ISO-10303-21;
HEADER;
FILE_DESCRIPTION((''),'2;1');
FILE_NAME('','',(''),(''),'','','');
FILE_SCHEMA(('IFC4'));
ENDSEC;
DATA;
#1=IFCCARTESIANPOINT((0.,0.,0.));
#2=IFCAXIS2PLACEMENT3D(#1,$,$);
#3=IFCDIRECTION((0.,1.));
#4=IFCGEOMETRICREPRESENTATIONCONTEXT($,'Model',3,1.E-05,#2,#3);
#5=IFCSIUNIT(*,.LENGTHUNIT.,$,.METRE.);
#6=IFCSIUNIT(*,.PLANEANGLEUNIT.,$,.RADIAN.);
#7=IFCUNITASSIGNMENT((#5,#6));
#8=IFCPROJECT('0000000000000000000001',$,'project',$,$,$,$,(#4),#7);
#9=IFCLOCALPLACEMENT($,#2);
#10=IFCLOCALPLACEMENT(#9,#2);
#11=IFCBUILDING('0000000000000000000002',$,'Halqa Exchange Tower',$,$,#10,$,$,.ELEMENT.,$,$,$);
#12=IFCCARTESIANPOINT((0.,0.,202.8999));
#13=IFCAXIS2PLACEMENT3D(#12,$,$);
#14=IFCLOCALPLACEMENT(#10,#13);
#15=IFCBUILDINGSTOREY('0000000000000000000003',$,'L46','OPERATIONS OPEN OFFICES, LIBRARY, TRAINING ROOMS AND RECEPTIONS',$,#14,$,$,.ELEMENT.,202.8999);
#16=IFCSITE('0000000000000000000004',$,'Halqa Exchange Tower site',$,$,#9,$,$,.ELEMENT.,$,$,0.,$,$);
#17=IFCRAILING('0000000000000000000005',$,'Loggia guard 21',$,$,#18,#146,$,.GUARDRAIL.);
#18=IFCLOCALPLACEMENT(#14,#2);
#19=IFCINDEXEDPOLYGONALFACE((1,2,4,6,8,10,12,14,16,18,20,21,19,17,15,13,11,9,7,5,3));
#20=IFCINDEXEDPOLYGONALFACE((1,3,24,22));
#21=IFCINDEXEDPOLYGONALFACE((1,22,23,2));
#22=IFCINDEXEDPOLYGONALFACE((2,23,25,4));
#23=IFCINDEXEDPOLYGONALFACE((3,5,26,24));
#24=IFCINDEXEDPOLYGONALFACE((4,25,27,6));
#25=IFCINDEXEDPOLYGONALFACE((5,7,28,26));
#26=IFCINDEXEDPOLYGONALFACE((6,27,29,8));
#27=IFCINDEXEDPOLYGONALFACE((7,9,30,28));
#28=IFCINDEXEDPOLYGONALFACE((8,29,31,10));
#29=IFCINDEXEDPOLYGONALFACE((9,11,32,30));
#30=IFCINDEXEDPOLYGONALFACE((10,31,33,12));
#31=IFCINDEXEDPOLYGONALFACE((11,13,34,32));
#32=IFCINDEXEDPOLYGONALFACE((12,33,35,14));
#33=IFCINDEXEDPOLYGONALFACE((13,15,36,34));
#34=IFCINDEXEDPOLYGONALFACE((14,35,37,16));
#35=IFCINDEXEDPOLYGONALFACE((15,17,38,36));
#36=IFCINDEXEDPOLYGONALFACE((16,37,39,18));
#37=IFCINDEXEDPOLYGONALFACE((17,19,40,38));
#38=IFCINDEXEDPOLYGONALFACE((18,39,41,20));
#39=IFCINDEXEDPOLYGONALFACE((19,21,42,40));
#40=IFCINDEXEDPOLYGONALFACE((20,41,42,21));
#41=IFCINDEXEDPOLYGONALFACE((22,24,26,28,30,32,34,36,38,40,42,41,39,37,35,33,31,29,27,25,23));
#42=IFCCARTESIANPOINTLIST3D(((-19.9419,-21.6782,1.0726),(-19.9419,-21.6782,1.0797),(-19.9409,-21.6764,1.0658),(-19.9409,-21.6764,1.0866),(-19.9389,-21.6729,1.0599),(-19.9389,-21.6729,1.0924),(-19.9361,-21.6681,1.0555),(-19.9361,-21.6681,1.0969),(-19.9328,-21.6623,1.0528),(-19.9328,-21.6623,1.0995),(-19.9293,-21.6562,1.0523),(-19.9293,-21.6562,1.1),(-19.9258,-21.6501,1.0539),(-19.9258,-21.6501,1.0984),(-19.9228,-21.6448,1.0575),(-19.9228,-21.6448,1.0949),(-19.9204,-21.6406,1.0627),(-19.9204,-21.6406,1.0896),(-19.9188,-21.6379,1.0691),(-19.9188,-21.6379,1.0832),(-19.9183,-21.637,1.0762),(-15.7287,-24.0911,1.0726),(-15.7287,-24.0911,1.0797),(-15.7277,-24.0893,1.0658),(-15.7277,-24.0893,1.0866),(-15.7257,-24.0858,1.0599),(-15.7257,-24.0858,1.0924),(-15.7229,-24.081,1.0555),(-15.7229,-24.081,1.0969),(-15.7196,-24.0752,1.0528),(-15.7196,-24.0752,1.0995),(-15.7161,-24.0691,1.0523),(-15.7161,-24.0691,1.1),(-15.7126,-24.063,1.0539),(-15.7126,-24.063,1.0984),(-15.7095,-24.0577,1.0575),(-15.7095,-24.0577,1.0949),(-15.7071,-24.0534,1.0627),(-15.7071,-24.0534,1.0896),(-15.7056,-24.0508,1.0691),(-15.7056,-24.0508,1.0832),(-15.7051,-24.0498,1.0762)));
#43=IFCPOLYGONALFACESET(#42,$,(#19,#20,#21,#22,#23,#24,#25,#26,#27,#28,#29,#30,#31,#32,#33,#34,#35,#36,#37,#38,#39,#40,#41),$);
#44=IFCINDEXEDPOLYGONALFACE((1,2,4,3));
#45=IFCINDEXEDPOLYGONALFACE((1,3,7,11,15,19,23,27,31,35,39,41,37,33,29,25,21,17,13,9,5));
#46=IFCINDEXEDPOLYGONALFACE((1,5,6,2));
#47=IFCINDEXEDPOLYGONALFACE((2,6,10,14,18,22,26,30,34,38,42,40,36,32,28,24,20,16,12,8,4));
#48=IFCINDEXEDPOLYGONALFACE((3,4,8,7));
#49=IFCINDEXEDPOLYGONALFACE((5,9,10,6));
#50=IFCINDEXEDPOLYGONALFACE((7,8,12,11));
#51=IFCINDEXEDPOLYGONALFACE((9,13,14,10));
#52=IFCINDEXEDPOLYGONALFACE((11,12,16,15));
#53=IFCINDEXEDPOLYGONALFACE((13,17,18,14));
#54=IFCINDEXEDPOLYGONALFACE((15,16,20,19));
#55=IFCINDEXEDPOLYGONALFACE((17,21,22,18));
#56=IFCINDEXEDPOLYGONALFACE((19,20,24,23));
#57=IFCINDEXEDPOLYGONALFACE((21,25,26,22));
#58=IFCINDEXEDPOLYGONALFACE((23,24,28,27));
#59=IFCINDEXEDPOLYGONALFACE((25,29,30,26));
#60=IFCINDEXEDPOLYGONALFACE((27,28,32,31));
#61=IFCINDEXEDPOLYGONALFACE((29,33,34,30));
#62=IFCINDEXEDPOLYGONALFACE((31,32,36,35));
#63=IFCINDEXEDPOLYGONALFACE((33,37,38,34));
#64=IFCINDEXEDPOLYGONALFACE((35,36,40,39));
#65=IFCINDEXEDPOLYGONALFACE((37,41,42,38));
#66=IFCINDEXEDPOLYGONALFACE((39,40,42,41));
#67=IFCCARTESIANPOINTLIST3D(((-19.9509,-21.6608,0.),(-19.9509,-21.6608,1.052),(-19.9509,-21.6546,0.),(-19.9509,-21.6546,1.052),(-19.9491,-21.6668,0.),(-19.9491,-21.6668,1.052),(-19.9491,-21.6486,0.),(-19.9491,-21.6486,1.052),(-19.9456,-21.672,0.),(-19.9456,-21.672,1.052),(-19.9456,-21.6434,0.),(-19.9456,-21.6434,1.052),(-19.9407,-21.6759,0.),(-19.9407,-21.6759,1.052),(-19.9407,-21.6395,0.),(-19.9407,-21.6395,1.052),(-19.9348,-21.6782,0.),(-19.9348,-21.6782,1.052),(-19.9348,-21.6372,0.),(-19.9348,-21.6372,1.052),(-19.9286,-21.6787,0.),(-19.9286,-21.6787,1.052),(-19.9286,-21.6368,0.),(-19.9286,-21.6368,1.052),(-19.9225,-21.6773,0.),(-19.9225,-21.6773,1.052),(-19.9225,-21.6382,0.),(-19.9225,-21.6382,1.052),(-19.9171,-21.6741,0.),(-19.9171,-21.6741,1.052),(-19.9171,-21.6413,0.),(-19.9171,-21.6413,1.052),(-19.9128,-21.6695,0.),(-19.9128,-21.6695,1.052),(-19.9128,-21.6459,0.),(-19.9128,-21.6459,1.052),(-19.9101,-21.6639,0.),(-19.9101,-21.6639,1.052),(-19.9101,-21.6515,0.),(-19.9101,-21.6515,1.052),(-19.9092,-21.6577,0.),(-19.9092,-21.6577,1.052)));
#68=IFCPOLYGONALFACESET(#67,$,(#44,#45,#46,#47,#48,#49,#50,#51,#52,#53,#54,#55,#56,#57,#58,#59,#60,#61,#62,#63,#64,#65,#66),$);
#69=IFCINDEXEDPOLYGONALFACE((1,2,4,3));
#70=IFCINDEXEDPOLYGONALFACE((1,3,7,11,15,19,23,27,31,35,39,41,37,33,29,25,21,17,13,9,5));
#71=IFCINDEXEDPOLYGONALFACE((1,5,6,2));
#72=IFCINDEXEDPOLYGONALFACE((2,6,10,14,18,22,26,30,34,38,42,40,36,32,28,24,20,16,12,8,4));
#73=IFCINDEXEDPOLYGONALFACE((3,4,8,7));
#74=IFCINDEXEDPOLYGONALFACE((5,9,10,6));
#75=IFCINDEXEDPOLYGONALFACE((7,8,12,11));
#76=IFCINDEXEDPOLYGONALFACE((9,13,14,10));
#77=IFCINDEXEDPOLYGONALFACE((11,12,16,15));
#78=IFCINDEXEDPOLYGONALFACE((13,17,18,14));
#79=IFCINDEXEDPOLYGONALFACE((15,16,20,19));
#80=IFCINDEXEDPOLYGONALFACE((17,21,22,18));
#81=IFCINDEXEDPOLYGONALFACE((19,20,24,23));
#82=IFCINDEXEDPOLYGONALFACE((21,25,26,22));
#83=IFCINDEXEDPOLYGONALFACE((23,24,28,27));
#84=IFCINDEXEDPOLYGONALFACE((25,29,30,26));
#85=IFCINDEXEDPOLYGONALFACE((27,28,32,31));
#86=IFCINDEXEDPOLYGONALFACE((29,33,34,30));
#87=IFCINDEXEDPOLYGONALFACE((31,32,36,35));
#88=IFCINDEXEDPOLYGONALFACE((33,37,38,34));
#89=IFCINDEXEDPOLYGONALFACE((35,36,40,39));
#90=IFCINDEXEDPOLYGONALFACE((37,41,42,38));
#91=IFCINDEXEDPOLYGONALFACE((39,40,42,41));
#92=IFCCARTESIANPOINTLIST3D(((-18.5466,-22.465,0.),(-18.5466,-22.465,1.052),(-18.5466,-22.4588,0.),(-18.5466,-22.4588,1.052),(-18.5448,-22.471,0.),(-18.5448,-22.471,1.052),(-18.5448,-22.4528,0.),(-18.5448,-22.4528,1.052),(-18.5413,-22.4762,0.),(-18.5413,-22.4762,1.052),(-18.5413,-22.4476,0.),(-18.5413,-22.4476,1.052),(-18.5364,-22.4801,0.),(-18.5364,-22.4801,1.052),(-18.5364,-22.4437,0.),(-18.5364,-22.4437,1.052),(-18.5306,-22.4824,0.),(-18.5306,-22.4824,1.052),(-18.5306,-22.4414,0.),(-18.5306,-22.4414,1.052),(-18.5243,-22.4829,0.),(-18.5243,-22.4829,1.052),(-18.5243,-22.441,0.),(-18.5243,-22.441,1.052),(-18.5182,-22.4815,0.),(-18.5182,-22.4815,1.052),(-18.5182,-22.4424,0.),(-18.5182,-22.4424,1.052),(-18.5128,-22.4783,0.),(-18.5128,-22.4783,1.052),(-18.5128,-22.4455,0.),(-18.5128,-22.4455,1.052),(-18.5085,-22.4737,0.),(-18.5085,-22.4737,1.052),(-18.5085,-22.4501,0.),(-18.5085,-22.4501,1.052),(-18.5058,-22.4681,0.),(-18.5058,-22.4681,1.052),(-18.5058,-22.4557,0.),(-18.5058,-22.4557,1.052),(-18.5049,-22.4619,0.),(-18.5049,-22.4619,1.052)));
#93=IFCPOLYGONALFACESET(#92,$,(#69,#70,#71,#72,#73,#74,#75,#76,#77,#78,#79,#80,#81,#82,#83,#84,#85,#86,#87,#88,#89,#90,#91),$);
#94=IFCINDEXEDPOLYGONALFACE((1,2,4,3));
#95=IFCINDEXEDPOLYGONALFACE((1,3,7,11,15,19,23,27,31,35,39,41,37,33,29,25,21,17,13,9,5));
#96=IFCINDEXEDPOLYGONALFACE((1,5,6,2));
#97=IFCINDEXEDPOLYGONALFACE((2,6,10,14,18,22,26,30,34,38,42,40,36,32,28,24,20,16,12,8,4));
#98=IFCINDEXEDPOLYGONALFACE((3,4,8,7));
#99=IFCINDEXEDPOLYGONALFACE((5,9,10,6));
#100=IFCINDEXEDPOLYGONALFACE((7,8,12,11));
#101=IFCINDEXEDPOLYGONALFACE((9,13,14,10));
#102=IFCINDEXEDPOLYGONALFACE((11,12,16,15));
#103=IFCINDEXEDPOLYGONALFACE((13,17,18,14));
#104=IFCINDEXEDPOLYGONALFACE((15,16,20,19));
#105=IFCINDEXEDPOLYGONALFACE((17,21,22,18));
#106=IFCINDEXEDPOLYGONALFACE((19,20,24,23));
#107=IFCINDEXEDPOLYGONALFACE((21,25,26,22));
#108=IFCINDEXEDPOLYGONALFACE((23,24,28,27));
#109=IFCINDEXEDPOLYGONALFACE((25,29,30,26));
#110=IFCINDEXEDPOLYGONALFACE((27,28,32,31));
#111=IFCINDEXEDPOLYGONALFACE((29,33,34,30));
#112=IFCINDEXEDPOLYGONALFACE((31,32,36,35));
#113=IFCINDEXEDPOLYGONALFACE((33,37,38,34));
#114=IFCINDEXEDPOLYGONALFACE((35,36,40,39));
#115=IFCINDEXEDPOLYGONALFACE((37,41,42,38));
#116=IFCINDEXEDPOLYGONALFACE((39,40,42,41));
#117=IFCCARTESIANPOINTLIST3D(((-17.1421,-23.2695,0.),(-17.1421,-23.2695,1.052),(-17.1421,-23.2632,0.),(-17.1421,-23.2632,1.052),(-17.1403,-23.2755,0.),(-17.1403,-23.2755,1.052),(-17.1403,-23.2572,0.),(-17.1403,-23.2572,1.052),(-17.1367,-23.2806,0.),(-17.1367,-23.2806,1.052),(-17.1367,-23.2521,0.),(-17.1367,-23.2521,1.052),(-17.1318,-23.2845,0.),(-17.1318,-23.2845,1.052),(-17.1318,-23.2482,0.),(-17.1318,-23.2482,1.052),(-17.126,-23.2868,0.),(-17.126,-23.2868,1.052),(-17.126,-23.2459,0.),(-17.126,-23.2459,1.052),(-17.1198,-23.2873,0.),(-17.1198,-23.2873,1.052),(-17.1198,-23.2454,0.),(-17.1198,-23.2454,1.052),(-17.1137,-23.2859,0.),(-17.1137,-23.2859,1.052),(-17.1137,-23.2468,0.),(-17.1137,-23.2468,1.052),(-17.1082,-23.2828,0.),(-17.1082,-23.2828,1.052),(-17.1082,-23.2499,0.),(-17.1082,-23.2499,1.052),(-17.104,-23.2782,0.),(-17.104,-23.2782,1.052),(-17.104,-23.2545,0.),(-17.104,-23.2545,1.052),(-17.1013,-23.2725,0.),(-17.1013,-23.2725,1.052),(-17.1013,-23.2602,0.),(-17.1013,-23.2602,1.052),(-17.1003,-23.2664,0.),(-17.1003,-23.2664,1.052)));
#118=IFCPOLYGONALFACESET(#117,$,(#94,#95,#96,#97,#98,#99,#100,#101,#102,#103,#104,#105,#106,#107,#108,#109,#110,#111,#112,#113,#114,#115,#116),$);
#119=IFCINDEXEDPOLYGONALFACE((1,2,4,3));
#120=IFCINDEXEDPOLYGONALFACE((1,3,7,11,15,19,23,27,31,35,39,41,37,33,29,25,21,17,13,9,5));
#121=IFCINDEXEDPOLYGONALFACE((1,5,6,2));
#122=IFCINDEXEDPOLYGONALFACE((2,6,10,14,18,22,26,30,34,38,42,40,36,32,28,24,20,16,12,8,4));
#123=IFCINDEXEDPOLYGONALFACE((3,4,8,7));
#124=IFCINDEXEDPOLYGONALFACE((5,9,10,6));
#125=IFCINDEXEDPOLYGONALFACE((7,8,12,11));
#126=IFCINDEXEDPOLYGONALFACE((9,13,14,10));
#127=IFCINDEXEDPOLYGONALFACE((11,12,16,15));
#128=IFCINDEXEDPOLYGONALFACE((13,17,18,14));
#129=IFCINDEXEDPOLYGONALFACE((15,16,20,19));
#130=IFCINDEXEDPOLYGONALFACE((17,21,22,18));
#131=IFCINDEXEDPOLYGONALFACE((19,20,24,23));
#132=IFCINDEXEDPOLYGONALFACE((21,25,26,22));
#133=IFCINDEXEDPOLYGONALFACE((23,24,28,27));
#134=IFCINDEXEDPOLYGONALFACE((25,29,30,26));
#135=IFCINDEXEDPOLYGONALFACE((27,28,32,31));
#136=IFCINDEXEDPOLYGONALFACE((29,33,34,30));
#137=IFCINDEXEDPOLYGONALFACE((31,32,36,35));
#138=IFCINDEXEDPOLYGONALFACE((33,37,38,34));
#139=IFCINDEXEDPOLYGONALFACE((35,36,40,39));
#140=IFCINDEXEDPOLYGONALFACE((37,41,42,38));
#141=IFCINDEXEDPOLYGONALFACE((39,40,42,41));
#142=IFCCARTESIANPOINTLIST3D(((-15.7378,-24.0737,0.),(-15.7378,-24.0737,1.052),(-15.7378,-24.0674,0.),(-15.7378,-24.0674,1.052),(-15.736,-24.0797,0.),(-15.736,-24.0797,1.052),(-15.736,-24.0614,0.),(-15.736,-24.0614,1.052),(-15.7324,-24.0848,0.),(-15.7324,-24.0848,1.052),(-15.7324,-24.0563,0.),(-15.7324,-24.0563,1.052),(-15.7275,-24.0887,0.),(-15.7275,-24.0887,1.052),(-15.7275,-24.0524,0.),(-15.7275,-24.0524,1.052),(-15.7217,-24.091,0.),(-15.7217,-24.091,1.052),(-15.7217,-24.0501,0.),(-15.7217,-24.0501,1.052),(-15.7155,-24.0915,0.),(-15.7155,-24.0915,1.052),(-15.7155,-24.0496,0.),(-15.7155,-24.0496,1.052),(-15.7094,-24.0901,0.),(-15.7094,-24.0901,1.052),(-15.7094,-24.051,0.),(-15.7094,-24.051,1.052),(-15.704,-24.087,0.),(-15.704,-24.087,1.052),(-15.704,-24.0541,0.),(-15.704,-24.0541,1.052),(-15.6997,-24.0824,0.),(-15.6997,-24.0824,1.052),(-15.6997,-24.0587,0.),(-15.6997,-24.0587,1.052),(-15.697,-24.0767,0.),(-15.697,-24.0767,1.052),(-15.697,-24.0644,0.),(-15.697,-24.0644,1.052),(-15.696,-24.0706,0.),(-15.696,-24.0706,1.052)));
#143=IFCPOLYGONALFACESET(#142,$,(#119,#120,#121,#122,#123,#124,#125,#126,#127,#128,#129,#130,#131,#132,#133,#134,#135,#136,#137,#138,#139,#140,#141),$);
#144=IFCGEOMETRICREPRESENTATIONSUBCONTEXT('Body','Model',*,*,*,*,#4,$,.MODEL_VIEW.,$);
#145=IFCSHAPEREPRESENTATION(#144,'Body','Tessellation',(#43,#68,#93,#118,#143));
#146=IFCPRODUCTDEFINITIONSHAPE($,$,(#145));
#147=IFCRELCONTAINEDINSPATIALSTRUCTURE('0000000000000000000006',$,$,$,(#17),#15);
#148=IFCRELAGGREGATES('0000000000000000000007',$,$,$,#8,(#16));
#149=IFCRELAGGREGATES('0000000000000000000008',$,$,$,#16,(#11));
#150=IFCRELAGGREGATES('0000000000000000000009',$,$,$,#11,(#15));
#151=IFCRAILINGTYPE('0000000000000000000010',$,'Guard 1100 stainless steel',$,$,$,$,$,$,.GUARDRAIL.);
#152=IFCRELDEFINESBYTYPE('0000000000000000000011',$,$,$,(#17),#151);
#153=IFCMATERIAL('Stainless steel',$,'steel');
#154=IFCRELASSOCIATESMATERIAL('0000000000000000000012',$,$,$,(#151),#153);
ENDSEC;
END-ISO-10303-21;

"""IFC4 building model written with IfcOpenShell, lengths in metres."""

from ifc_helpers import new_model, si_unit, direction, frame, origin, origin_2d, place, context, subcontext, project, spatial, circle, extrude, material, type_object, element, save


model = new_model("IFC4")

# Units and contexts
model_context = context("Model", 3, precision=1e-05, world=origin(), true_north=direction((0.0, 1.0)))
body_context = subcontext(model_context, "Body", "Model", "MODEL_VIEW")
ifc_project = project(units=[si_unit("LENGTHUNIT", "METRE"), si_unit("PLANEANGLEUNIT", "RADIAN")], contexts=[model_context])

# Site, building, storey
site_placement = place(None, origin())
site = spatial("IfcSite", under=ifc_project, at=site_placement, Name="Halqa Exchange Tower site", CompositionType="ELEMENT", RefElevation=0.0)
building_placement = place(site_placement, origin())
building = spatial("IfcBuilding", under=site, at=building_placement, Name="Halqa Exchange Tower", CompositionType="ELEMENT")
storey_placement = place(building_placement, frame((0.0, 0.0, 202.8999)))
storey = spatial("IfcBuildingStorey", under=building, at=storey_placement, Name="L46", Description="OPERATIONS OPEN OFFICES, LIBRARY, TRAINING ROOMS AND RECEPTIONS", CompositionType="ELEMENT", Elevation=202.8999)

# Railing
ifc_material_1 = material(Name="Stainless steel", Category="steel")
railing_type = type_object("IfcRailingType", Name="Guard 1100 stainless steel", PredefinedType="GUARDRAIL", material=ifc_material_1)
railing_1_placement = place(storey_placement, frame((-19.9302, -21.6577, 0.0)))
element("IfcRailing", 1, at=railing_1_placement, inside=storey, type_object=railing_type, Name="Loggia guard 21", PredefinedType="GUARDRAIL", context=body_context, shape_type="SweptSolid", body=[
    extrude(circle(Radius=0.0239, at=origin_2d()), frame((0.0, 0.0, 1.0762), z_axis=(0.867769, -0.496967, 0.0), x_axis=(0.496967, 0.867769, 0.0)), (0.0, 0.0, 1.0), 4.8552),
    extrude(circle(Radius=0.021, at=origin_2d()), origin(), (0.0, 0.0, 1.0), 1.052),
    extrude(circle(Radius=0.021, at=origin_2d()), frame((1.4043, -0.8042, 0.0)), (0.0, 0.0, 1.0), 1.052),
    extrude(circle(Radius=0.021, at=origin_2d()), frame((2.8088, -1.6086, 0.0)), (0.0, 0.0, 1.0), 1.052),
    extrude(circle(Radius=0.021, at=origin_2d()), frame((4.2131, -2.4128, 0.0)), (0.0, 0.0, 1.0), 1.052),
])

save(model, "model.ifc")
